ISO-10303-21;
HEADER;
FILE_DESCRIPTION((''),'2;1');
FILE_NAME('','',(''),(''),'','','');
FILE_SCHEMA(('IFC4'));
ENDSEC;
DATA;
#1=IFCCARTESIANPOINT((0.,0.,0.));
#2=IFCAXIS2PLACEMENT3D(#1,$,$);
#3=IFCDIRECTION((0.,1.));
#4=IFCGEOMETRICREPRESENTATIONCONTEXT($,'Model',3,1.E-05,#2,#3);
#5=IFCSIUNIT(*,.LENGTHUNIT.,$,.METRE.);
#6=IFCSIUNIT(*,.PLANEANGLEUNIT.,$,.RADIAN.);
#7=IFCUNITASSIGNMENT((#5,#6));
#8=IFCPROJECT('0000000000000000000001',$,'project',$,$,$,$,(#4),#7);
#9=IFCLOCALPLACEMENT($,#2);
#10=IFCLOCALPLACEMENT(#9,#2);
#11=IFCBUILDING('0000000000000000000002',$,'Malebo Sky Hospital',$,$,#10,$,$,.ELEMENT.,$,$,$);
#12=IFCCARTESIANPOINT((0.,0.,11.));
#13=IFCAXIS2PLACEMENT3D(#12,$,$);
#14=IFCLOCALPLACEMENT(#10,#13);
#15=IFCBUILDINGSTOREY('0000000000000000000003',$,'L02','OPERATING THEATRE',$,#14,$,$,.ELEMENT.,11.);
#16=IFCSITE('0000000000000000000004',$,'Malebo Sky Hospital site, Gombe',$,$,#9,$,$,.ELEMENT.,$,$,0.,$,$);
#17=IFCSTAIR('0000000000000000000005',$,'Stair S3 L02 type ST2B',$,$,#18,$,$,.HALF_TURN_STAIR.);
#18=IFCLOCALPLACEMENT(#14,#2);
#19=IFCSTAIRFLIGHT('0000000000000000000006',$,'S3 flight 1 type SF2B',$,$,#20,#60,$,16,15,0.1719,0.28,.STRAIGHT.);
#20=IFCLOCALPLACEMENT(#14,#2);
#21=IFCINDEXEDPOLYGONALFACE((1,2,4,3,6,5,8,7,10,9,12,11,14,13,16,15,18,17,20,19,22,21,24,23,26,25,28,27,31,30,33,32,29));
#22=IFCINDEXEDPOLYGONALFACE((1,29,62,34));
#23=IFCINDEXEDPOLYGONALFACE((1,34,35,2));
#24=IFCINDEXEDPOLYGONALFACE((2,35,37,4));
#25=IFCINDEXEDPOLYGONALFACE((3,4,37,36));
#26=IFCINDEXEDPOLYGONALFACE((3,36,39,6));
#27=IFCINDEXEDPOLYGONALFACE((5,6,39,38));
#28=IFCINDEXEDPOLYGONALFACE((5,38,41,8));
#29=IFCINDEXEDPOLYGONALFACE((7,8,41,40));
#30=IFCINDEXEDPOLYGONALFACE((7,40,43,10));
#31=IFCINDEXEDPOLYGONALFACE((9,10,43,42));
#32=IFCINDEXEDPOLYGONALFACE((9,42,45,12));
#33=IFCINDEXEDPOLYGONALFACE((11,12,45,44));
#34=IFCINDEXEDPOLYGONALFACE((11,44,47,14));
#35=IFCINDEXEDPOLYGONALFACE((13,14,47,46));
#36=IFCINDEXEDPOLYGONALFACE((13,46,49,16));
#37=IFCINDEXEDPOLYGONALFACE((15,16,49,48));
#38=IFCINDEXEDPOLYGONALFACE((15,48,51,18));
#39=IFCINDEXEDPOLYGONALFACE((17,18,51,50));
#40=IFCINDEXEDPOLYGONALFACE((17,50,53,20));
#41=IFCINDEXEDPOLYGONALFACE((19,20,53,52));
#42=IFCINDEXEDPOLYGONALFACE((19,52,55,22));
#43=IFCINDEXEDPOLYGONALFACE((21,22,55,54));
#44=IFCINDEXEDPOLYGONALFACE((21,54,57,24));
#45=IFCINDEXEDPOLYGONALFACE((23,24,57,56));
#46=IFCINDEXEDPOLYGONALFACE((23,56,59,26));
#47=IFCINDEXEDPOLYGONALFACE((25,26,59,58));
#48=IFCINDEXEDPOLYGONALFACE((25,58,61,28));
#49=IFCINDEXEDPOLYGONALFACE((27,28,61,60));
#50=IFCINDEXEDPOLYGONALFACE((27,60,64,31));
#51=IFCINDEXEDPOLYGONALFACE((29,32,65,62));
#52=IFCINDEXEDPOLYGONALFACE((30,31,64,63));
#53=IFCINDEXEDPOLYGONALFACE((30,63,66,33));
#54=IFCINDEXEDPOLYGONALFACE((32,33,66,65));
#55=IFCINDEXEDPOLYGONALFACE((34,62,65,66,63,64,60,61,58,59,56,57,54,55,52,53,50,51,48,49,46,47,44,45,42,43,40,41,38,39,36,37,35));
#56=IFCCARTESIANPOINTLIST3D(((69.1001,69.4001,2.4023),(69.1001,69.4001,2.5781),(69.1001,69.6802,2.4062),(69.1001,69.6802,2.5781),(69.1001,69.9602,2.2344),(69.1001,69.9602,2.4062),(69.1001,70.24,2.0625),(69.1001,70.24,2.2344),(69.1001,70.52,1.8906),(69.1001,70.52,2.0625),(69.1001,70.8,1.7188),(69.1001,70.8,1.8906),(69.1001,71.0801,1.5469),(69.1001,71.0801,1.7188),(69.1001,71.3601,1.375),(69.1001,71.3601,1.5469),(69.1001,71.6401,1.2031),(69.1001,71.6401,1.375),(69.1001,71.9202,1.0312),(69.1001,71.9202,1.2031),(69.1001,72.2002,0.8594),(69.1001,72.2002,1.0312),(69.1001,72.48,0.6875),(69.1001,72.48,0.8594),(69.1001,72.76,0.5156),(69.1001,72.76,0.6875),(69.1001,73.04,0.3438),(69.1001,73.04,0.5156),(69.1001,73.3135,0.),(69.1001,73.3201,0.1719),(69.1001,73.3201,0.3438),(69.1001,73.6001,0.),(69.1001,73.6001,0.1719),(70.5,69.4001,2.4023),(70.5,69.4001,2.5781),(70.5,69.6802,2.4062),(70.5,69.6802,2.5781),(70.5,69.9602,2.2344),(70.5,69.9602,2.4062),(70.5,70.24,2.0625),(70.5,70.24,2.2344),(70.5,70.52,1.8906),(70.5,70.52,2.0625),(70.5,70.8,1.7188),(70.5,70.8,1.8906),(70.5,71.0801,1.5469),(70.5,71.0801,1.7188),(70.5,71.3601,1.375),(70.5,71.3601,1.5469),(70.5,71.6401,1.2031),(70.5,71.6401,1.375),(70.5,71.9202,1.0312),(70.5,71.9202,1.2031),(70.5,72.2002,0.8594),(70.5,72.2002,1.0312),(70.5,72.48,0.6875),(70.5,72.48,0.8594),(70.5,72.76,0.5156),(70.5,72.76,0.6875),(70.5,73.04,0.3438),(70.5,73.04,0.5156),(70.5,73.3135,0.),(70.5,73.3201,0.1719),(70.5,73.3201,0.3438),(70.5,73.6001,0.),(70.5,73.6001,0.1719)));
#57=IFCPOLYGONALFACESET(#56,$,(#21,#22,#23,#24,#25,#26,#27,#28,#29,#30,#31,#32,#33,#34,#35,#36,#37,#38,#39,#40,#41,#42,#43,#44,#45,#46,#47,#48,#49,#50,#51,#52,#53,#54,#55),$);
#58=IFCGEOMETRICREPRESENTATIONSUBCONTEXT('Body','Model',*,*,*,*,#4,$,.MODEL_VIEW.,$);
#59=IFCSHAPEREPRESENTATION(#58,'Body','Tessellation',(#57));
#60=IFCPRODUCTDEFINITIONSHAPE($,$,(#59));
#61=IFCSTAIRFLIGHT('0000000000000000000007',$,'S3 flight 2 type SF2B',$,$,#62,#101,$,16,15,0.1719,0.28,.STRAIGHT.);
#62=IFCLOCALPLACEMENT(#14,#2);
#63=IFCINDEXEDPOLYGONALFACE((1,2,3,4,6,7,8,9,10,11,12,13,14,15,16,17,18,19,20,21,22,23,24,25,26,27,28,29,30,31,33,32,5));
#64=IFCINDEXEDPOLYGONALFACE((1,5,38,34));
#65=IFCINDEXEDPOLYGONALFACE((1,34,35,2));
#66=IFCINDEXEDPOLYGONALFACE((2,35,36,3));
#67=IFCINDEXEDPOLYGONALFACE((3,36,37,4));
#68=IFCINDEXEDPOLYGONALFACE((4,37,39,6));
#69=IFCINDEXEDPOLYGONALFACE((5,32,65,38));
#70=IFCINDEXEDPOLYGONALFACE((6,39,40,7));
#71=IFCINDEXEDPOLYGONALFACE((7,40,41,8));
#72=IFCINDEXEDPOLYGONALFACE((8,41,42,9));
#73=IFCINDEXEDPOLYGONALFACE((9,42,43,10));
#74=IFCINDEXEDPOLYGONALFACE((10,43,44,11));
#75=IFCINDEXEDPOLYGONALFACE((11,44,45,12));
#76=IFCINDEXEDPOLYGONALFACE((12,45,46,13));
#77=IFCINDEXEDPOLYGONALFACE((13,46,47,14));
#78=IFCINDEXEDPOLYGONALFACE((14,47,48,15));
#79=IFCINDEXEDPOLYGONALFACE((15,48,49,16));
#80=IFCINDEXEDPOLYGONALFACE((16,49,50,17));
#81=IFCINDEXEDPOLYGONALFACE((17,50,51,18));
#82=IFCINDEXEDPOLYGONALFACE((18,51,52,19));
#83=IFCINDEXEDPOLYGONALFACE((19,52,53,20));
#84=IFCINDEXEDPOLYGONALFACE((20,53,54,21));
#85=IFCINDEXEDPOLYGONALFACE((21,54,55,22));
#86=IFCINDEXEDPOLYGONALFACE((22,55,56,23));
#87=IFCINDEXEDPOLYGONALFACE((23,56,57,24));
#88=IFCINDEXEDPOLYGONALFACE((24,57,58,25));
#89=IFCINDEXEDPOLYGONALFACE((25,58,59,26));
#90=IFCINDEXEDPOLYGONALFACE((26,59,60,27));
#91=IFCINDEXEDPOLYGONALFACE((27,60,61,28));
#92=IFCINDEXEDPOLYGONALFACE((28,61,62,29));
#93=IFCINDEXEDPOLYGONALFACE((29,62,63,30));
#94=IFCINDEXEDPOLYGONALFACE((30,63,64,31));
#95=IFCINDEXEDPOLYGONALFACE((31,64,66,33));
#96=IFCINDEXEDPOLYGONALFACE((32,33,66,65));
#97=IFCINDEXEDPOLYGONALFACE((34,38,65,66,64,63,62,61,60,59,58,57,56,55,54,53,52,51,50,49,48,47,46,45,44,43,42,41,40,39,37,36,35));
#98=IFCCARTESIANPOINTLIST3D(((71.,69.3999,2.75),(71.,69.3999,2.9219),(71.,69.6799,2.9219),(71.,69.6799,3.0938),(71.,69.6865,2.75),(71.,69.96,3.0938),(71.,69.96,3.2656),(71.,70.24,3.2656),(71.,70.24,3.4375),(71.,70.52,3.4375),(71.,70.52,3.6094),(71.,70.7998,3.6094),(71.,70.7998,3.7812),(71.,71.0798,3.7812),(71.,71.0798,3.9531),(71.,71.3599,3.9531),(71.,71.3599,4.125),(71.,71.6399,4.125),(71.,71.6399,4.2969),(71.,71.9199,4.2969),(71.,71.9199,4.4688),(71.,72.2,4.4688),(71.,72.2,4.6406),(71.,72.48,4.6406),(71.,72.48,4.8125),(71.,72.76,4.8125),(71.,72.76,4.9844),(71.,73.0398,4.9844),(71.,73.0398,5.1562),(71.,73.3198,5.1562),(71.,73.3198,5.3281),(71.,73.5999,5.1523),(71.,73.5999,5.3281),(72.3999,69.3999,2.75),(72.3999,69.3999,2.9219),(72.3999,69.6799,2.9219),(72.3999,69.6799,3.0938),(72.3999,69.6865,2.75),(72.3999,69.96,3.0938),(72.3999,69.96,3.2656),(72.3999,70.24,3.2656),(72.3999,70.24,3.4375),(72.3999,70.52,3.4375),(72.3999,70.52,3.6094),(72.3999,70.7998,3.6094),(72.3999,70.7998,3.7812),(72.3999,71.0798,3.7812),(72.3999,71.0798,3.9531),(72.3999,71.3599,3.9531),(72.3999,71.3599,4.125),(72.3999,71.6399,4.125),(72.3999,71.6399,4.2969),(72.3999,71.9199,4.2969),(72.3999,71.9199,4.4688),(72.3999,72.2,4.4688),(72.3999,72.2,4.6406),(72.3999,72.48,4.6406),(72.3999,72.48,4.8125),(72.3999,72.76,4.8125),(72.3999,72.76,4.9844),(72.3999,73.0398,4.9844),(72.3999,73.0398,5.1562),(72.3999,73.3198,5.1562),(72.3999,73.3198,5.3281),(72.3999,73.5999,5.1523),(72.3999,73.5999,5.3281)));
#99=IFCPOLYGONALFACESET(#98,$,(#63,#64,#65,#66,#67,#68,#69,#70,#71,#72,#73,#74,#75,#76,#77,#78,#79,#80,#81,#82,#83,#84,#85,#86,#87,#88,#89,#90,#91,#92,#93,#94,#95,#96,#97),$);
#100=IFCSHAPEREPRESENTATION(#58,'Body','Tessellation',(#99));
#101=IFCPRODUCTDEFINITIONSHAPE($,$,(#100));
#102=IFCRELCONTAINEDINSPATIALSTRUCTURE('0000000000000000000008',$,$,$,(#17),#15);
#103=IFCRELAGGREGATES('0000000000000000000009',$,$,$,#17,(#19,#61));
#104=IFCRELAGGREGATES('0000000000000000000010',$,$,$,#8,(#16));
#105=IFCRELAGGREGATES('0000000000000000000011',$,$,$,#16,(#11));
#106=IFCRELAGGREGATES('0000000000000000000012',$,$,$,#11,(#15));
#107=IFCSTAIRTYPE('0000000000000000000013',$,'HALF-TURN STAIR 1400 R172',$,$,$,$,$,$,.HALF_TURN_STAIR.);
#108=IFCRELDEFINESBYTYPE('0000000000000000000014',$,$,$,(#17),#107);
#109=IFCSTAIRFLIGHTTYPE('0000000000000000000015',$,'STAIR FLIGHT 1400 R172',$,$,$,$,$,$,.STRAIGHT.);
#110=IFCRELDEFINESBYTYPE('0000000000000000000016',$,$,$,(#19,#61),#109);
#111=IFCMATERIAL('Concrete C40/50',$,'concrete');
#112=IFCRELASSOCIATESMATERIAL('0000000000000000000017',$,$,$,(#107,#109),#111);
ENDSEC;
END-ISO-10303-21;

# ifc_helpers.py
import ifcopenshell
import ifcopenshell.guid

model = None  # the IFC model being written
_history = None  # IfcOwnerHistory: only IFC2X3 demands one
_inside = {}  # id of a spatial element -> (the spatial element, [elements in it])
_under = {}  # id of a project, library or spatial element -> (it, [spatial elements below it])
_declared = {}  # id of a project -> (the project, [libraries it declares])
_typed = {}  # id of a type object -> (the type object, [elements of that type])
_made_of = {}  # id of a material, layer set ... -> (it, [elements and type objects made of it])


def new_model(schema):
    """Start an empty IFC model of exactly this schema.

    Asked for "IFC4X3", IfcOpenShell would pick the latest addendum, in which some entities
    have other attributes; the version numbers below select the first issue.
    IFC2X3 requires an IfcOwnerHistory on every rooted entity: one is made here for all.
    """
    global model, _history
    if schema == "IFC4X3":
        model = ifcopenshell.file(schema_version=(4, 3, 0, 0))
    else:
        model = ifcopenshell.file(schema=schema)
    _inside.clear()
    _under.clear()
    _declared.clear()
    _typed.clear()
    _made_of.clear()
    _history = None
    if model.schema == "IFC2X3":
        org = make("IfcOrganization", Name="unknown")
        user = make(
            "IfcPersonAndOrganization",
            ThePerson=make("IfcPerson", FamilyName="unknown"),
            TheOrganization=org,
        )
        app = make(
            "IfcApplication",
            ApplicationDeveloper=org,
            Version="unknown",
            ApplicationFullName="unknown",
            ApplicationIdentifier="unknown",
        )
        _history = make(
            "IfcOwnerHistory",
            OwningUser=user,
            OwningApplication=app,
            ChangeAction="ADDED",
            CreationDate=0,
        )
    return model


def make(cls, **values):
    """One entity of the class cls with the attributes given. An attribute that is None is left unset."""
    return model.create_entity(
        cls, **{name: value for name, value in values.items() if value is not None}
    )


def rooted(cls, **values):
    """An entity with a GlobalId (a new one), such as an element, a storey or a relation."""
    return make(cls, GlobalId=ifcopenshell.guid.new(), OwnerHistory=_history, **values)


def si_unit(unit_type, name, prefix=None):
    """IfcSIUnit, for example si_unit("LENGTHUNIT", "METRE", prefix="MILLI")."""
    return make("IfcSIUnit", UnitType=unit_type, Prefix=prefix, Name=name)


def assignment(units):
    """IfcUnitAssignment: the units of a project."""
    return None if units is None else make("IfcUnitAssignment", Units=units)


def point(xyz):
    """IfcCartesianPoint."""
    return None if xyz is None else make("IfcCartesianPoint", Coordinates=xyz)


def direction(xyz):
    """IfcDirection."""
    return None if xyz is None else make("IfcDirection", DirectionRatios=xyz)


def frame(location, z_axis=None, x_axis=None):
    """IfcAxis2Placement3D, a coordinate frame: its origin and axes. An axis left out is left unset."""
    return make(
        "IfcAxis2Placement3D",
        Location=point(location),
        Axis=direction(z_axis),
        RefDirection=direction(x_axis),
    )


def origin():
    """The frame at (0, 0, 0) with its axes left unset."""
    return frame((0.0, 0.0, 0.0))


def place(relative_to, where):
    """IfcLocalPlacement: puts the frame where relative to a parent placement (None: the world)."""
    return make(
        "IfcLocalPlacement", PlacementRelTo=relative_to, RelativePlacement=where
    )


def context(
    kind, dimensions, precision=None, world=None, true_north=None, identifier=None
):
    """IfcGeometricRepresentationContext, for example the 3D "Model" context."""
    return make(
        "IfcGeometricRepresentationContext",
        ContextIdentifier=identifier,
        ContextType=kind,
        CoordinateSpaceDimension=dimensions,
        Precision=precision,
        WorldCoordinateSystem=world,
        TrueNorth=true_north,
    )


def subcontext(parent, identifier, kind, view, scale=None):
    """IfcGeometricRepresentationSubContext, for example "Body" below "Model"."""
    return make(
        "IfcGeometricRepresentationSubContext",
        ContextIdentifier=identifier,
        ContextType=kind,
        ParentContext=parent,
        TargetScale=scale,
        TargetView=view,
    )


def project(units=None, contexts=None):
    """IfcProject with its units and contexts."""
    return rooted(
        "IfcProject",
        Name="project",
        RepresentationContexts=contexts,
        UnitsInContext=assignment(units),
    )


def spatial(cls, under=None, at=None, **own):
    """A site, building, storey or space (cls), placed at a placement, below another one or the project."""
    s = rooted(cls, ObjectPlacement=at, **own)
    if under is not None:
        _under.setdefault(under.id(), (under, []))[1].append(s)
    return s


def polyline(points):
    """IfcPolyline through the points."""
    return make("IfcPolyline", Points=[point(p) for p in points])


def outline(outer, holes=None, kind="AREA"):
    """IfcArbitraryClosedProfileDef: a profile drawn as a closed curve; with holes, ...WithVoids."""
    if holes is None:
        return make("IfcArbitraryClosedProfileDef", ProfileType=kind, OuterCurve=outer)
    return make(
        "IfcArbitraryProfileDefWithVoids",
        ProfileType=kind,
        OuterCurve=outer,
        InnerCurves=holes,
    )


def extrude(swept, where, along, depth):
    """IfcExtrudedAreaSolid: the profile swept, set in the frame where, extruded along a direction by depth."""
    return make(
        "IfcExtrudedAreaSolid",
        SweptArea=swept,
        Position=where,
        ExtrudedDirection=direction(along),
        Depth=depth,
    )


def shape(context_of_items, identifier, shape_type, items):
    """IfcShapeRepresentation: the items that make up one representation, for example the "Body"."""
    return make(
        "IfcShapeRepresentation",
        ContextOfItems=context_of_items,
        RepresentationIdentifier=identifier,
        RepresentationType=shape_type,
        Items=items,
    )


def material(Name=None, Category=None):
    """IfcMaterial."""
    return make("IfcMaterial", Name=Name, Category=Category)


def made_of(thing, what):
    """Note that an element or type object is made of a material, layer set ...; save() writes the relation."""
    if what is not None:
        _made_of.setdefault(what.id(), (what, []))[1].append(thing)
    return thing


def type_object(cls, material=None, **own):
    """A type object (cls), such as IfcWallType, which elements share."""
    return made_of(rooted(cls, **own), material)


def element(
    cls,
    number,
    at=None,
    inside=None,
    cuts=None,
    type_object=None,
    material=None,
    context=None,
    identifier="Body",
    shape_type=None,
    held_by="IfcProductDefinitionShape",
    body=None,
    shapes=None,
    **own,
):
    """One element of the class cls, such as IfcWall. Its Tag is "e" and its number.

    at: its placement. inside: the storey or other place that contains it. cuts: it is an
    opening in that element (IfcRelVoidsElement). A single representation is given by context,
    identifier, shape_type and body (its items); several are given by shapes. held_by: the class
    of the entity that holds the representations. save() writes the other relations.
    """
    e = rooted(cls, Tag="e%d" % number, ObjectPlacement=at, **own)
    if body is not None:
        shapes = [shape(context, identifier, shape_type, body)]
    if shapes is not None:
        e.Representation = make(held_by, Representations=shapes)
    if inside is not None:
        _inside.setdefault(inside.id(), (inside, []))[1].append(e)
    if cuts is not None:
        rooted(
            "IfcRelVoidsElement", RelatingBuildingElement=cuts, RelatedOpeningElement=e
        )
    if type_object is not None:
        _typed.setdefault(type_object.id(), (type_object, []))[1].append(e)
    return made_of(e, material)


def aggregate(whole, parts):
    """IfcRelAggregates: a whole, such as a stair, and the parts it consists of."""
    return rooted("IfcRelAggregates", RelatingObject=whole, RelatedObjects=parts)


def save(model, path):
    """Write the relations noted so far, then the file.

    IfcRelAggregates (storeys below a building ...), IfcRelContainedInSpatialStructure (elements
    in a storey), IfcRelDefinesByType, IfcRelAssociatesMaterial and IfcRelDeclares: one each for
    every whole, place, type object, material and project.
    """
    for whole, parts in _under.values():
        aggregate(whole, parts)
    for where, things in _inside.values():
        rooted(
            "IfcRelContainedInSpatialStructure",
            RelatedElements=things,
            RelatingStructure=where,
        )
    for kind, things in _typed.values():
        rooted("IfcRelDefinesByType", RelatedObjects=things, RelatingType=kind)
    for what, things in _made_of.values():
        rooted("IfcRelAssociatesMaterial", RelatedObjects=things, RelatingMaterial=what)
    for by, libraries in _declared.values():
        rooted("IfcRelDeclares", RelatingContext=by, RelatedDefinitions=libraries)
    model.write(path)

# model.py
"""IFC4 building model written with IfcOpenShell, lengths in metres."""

from ifc_helpers import new_model, si_unit, direction, frame, origin, place, context, subcontext, project, spatial, polyline, outline, extrude, material, type_object, element, aggregate, save


model = new_model("IFC4")

# Units and contexts
model_context = context("Model", 3, precision=1e-05, world=origin(), true_north=direction((0.0, 1.0)))
body_context = subcontext(model_context, "Body", "Model", "MODEL_VIEW")
ifc_project = project(units=[si_unit("LENGTHUNIT", "METRE"), si_unit("PLANEANGLEUNIT", "RADIAN")], contexts=[model_context])

# Site, building, storey
site_placement = place(None, origin())
site = spatial("IfcSite", under=ifc_project, at=site_placement, Name="Malebo Sky Hospital site, Gombe", CompositionType="ELEMENT", RefElevation=0.0)
building_placement = place(site_placement, origin())
building = spatial("IfcBuilding", under=site, at=building_placement, Name="Malebo Sky Hospital", CompositionType="ELEMENT")
storey_placement = place(building_placement, frame((0.0, 0.0, 11.0)))
storey = spatial("IfcBuildingStorey", under=building, at=storey_placement, Name="L02", Description="OPERATING THEATRE", CompositionType="ELEMENT", Elevation=11.0)

# Shared definitions
ifc_material_1 = material(Name="Concrete C40/50", Category="concrete")

# Stair, stair flights
stair_type = type_object("IfcStairType", Name="HALF-TURN STAIR 1400 R172", PredefinedType="HALF_TURN_STAIR", material=ifc_material_1)
stair_placement = place(storey_placement, origin())
stair = element("IfcStair", 1, at=stair_placement, inside=storey, type_object=stair_type, Name="Stair S3 L02 type ST2B", PredefinedType="HALF_TURN_STAIR")
stair_flight_type = type_object("IfcStairFlightType", Name="STAIR FLIGHT 1400 R172", PredefinedType="STRAIGHT", material=ifc_material_1)
stair_flight_1_placement = place(storey_placement, frame((69.8, 73.6001, 0.0), z_axis=(0.0, 0.0, 1.0), x_axis=(0.0, -1.0, 0.0)))
stair_flight_1 = element("IfcStairFlight", 2, at=stair_flight_1_placement, type_object=stair_flight_type, Name="S3 flight 1 type SF2B", NumberOfRisers=16, NumberOfTreads=15, PredefinedType="STRAIGHT", RiserHeight=0.1719, TreadLength=0.28, context=body_context, shape_type="SweptSolid", body=[
    extrude(outline(polyline([(0.0, 0.0), (0.0, 0.1719), (0.28, 0.1719), (0.28, 0.3438), (0.5601, 0.3438), (0.5601, 0.5156), (0.8401, 0.5156), (0.8401, 0.6875), (1.1201, 0.6875), (1.1201, 0.8594), (1.3999, 0.8594), (1.3999, 1.0312), (1.6799, 1.0312), (1.6799, 1.2031), (1.96, 1.2031), (1.96, 1.375), (2.24, 1.375), (2.24, 1.5469), (2.52, 1.5469), (2.52, 1.7188), (2.8, 1.7188), (2.8, 1.8906), (3.0801, 1.8906), (3.0801, 2.0625), (3.3601, 2.0625), (3.3601, 2.2344), (3.6399, 2.2344), (3.6399, 2.4062), (3.9199, 2.4062), (3.9199, 2.5781), (4.2, 2.5781), (4.2, 2.75), (4.2, 2.4023), (0.2866, 0.0), (0.0, 0.0)])), frame((0.0, 0.7, 0.0), z_axis=(0.0, -1.0, 0.0), x_axis=(1.0, 0.0, 0.0)), (0.0, 0.0, 1.0), 1.3999),
])
stair_flight_2_placement = place(storey_placement, frame((71.7, 69.3999, 2.75), z_axis=(0.0, 0.0, 1.0), x_axis=(0.0, 1.0, 0.0)))
stair_flight_2 = element("IfcStairFlight", 3, at=stair_flight_2_placement, type_object=stair_flight_type, Name="S3 flight 2 type SF2B", NumberOfRisers=16, NumberOfTreads=15, PredefinedType="STRAIGHT", RiserHeight=0.1719, TreadLength=0.28, context=body_context, shape_type="SweptSolid", body=[
    extrude(outline(polyline([(0.0, 0.0), (0.0, 0.1719), (0.28, 0.1719), (0.28, 0.3438), (0.5601, 0.3438), (0.5601, 0.5156), (0.8401, 0.5156), (0.8401, 0.6875), (1.1201, 0.6875), (1.1201, 0.8594), (1.3999, 0.8594), (1.3999, 1.0312), (1.6799, 1.0312), (1.6799, 1.2031), (1.96, 1.2031), (1.96, 1.375), (2.24, 1.375), (2.24, 1.5469), (2.52, 1.5469), (2.52, 1.7188), (2.8, 1.7188), (2.8, 1.8906), (3.0801, 1.8906), (3.0801, 2.0625), (3.3601, 2.0625), (3.3601, 2.2344), (3.6399, 2.2344), (3.6399, 2.4062), (3.9199, 2.4062), (3.9199, 2.5781), (4.2, 2.5781), (4.2, 2.75), (4.2, 2.4023), (0.2866, 0.0), (0.0, 0.0)])), frame((0.0, 0.7, 0.0), z_axis=(0.0, -1.0, 0.0), x_axis=(1.0, 0.0, 0.0)), (0.0, 0.0, 1.0), 1.3999),
])
aggregate(stair, [stair_flight_1, stair_flight_2])

save(model, "model.ifc")
